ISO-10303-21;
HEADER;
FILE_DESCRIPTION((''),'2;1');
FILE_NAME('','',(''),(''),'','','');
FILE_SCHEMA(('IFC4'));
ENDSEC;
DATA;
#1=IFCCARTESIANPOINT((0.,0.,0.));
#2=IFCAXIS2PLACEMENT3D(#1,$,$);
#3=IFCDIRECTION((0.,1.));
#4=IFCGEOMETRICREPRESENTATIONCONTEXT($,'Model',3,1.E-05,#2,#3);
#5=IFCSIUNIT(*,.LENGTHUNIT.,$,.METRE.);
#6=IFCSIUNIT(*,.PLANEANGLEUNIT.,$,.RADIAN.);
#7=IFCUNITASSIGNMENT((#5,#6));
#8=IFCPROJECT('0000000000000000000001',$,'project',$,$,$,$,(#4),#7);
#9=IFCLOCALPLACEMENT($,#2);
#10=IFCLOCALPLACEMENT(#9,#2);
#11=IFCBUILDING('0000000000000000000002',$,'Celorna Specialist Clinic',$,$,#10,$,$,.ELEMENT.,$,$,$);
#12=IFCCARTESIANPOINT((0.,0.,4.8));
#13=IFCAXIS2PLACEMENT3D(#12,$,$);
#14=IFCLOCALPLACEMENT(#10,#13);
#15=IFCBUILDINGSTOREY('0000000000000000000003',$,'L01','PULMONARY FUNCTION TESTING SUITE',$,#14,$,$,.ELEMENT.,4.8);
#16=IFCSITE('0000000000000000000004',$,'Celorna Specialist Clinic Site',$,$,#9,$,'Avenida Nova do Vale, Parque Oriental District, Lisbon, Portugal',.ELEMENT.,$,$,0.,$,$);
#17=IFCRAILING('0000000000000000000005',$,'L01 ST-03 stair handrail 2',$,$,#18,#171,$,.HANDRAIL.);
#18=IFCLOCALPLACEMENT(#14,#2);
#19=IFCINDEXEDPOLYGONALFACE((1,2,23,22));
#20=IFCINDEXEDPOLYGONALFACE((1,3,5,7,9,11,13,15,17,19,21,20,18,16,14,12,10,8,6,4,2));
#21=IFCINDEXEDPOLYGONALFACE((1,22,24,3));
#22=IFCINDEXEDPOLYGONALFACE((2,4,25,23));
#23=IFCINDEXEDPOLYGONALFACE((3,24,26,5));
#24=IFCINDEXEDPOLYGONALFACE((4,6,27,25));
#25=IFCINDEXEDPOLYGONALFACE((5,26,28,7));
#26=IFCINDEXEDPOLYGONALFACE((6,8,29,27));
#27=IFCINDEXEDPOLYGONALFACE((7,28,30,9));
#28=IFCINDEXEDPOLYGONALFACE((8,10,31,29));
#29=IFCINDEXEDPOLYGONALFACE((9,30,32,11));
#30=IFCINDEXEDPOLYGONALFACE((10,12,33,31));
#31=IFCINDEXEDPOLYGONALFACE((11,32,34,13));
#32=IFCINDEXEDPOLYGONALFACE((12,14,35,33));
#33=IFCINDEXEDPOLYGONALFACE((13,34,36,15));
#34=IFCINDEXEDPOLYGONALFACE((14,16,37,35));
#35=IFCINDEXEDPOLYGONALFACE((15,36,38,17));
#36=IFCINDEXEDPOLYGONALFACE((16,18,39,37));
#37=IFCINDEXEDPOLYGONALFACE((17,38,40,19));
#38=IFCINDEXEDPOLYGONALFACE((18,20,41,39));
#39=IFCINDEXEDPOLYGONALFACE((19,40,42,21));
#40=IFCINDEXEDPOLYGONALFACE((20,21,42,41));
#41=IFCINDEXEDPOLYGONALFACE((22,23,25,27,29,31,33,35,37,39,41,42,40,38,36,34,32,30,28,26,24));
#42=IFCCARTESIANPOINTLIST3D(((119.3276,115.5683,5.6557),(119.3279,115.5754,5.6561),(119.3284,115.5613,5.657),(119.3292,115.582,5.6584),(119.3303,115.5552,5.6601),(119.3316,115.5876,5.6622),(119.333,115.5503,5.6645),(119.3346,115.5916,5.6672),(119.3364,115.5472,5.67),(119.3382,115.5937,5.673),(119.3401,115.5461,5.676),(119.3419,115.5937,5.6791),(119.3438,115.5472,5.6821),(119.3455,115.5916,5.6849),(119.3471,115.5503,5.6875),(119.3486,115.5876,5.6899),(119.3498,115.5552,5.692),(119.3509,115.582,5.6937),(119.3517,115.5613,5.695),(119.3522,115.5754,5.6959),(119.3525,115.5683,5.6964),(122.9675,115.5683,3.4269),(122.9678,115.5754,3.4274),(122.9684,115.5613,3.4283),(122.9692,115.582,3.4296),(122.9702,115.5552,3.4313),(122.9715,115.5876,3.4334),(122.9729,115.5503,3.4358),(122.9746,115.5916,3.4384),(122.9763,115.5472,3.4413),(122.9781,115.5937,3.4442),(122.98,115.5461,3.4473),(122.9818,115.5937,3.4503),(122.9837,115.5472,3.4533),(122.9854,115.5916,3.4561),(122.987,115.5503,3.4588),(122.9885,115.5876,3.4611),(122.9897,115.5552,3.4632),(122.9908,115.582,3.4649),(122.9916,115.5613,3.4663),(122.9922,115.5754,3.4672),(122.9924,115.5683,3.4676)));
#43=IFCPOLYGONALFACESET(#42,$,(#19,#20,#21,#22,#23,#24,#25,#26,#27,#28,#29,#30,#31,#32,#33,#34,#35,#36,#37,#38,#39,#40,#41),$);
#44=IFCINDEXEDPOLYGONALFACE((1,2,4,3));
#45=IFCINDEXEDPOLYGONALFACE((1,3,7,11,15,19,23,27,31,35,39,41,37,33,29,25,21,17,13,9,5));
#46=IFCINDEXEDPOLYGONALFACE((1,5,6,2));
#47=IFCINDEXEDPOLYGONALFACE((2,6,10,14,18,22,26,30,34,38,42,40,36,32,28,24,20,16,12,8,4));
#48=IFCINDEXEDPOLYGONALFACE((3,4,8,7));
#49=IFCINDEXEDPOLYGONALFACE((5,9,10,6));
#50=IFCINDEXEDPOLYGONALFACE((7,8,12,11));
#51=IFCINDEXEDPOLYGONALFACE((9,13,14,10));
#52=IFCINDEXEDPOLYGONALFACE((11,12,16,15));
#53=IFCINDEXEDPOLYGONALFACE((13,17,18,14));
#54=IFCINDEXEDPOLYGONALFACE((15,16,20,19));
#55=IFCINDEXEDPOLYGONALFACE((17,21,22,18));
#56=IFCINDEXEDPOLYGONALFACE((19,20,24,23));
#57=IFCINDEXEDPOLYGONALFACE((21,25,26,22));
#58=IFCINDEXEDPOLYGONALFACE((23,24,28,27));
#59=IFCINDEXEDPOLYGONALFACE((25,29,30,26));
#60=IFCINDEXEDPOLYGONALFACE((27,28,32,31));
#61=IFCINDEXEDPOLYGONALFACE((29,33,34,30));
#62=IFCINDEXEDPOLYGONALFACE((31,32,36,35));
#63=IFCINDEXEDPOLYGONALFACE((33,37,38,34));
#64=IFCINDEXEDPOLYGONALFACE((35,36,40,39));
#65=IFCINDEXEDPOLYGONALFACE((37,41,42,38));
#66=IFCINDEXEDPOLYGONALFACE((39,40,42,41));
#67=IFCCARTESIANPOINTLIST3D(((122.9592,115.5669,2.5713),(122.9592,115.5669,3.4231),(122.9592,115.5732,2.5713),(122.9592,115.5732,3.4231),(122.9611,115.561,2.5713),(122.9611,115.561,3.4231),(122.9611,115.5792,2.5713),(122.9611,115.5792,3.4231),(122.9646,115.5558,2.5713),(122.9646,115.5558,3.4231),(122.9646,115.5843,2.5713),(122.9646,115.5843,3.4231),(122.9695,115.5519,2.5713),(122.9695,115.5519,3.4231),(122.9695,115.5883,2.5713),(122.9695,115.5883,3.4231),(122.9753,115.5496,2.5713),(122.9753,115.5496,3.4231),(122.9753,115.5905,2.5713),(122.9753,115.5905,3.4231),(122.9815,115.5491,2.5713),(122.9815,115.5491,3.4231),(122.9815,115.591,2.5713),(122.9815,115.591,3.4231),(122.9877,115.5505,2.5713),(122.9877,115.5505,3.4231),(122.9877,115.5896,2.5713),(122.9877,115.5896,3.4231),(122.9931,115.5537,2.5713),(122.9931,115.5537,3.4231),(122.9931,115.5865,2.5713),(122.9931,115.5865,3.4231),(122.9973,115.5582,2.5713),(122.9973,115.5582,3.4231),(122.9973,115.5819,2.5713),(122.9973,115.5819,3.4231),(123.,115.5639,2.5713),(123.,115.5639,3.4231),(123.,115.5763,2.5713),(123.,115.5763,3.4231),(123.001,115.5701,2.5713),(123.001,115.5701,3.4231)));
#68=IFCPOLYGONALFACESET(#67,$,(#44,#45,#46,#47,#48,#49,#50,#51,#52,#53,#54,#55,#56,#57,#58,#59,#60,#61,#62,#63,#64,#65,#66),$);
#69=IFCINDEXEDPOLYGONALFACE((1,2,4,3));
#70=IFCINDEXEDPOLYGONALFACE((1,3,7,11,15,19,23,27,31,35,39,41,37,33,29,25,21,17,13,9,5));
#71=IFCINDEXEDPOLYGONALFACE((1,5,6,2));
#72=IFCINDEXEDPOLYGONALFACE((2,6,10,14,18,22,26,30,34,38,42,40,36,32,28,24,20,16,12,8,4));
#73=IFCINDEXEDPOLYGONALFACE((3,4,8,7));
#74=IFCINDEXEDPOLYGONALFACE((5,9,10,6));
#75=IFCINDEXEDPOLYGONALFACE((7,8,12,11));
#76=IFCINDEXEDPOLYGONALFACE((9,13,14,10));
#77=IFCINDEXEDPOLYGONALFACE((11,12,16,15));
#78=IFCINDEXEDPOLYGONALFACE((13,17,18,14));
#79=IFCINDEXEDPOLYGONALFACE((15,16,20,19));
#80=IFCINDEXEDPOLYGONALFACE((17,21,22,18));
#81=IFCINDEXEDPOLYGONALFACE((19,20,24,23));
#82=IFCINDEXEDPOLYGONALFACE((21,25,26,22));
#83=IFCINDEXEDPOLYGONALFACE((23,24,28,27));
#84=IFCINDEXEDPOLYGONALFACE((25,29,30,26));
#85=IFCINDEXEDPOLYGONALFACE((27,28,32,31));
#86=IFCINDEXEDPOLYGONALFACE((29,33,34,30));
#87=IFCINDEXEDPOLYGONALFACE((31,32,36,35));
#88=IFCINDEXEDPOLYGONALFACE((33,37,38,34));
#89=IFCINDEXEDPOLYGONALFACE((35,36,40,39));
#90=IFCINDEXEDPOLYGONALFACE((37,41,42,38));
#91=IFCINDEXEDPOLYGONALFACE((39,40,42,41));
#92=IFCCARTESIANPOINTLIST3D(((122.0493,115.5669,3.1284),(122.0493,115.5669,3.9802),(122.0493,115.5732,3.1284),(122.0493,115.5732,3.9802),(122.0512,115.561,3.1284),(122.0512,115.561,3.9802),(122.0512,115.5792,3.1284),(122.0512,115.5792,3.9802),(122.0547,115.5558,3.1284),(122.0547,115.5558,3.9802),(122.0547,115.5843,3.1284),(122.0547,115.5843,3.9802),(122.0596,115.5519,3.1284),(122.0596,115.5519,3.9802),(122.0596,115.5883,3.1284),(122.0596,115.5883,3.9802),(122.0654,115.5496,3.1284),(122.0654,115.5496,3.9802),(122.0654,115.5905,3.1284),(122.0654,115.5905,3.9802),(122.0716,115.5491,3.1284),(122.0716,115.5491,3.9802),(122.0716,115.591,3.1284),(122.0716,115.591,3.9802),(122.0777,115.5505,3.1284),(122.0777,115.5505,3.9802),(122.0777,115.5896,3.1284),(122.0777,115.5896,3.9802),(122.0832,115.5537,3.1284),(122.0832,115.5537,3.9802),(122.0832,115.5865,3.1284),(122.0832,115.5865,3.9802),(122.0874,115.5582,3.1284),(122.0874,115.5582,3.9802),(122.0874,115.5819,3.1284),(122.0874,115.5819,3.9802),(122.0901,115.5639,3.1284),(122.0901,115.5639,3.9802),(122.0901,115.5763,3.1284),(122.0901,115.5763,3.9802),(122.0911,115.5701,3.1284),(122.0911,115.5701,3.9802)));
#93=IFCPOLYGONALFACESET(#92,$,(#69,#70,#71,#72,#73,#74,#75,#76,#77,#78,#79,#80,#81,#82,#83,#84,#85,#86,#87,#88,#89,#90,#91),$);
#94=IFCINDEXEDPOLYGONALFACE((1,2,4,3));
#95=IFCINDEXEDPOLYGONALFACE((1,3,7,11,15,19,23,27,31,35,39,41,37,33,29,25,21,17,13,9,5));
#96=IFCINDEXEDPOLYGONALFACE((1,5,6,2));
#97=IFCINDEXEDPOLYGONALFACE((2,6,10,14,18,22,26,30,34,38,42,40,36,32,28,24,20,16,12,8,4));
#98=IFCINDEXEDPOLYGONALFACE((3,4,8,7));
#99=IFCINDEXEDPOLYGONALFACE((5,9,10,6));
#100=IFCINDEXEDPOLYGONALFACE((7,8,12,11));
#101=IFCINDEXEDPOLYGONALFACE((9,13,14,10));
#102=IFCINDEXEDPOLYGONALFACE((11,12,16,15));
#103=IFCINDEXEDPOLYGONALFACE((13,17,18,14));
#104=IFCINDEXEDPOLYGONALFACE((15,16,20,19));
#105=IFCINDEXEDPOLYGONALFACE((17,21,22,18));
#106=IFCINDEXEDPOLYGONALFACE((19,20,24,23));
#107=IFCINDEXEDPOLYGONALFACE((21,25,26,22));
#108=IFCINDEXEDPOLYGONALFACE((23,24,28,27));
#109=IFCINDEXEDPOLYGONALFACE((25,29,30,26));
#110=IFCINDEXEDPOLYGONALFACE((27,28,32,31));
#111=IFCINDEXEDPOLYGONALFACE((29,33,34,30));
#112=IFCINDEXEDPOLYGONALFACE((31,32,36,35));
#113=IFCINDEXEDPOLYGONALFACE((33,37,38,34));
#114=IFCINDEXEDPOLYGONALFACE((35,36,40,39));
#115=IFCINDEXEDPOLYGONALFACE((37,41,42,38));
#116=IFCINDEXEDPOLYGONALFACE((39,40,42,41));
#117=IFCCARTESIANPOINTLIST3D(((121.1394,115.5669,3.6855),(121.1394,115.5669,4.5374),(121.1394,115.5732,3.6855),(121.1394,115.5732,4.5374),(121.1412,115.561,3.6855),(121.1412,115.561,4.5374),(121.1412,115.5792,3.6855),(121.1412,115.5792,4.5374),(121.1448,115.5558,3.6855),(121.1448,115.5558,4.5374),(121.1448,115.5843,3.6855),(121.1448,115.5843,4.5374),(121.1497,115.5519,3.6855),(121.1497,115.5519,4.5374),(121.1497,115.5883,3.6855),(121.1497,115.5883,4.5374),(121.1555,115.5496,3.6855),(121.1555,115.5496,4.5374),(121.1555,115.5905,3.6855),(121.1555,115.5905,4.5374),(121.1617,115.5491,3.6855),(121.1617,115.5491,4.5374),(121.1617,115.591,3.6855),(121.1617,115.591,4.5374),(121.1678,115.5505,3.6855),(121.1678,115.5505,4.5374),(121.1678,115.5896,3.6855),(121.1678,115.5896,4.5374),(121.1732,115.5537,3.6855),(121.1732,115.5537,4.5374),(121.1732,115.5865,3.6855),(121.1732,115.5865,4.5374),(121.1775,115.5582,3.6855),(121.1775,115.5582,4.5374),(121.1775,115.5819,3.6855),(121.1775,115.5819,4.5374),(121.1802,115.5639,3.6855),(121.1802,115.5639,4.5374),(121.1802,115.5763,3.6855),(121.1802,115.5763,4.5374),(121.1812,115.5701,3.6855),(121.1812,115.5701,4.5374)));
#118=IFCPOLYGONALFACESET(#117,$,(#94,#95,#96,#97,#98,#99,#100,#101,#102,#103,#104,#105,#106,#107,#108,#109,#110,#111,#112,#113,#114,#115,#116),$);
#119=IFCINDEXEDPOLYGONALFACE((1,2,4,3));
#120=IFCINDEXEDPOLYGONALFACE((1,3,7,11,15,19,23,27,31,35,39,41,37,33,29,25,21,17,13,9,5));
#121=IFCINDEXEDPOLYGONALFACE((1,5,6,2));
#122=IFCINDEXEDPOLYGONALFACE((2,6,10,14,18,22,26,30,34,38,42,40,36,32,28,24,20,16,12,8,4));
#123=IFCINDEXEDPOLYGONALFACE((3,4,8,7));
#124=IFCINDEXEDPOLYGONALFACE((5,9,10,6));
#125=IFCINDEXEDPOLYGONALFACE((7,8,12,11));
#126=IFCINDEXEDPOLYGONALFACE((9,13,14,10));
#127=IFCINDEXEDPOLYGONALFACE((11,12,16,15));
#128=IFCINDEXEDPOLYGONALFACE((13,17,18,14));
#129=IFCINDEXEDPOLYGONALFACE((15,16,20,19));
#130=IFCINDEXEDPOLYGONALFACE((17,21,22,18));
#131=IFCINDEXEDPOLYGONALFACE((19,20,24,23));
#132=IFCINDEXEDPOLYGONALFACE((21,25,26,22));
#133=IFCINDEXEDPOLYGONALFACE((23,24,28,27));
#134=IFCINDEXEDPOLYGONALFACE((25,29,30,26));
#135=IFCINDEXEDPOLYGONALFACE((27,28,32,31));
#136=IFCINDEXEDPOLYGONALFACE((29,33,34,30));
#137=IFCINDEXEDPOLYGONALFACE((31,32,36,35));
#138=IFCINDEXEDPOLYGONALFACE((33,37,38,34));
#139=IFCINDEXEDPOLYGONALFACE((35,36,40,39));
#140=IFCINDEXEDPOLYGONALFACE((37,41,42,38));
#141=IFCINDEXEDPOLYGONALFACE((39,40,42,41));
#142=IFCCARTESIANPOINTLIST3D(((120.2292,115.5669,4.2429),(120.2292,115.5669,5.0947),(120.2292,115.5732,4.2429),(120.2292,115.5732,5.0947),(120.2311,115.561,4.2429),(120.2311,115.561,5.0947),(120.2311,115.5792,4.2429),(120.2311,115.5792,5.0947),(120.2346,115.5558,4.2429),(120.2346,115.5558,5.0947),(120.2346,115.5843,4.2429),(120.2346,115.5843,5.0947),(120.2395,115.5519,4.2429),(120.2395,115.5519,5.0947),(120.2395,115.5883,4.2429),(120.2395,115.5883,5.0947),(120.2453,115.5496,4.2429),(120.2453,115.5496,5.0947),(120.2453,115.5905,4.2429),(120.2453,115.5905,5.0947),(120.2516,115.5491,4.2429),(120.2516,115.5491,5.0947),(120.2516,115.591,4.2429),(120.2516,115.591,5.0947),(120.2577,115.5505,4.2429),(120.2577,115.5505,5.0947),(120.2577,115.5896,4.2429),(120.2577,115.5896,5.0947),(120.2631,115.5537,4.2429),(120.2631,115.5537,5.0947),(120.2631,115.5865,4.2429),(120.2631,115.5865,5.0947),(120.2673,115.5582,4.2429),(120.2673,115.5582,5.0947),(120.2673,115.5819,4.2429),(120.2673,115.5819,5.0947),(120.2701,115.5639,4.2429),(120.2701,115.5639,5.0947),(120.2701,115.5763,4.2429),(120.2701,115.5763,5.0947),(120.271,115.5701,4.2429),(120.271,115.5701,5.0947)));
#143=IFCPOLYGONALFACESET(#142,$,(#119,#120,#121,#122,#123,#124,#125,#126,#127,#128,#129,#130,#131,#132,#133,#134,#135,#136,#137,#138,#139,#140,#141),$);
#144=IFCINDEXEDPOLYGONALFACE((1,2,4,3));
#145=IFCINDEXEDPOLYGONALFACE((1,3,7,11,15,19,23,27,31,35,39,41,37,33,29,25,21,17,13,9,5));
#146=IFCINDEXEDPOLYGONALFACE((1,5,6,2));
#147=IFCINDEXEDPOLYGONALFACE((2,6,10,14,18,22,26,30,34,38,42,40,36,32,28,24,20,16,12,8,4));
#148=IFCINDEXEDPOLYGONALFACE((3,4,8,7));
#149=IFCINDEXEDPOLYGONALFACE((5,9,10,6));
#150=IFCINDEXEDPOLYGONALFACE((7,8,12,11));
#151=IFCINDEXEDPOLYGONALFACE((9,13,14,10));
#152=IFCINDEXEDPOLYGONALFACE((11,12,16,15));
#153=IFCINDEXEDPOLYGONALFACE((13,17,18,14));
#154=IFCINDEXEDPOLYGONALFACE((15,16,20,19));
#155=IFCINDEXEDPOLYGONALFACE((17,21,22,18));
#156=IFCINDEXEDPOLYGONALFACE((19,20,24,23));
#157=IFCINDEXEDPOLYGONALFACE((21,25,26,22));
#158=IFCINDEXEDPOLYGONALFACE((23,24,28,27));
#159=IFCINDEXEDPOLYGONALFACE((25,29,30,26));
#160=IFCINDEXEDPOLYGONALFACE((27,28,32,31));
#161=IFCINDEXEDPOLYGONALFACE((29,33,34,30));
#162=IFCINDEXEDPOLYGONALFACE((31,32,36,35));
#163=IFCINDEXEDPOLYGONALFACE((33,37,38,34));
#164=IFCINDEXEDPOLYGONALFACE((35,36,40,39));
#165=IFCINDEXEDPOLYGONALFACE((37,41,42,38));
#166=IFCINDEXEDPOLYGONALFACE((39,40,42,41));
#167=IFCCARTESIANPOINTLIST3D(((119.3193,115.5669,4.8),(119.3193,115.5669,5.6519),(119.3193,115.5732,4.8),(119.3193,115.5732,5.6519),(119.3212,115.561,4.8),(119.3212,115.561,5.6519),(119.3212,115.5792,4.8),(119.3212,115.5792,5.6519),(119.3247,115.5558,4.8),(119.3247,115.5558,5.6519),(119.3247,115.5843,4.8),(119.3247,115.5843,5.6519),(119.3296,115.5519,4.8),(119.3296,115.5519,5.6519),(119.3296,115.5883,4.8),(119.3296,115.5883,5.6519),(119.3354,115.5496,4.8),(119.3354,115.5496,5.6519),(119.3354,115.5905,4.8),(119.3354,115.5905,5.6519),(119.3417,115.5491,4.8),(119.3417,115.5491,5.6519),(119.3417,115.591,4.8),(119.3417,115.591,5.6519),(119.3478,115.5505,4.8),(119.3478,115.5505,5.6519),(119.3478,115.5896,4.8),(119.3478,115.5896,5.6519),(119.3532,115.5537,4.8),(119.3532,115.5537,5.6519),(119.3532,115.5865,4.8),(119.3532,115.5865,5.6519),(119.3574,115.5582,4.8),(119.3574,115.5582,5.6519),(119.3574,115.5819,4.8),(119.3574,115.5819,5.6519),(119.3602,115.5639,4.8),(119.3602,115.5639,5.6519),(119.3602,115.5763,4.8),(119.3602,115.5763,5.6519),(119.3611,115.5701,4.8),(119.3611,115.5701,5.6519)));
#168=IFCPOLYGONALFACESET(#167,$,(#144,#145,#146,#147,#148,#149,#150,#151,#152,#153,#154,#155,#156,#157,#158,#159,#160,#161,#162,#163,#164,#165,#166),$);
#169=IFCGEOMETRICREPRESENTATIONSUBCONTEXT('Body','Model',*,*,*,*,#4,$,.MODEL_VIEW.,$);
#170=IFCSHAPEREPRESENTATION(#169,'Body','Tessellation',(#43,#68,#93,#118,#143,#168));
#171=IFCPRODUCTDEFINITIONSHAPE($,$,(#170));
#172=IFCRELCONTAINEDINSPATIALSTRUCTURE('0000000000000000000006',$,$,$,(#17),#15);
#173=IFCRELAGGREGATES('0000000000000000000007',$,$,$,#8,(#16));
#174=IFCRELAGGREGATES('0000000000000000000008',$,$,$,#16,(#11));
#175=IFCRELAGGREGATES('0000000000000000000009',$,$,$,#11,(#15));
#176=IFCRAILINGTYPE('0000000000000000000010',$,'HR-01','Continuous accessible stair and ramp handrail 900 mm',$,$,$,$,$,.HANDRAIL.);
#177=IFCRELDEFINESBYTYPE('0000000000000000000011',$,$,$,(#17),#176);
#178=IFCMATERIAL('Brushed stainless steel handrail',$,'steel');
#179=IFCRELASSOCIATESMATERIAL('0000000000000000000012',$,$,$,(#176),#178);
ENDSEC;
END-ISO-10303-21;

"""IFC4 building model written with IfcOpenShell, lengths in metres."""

from ifc_helpers import new_model, si_unit, direction, frame, origin, origin_2d, place, context, subcontext, project, spatial, circle, extrude, material, type_object, element, save


model = new_model("IFC4")

# Units and contexts
model_context = context("Model", 3, precision=1e-05, world=origin(), true_north=direction((0.0, 1.0)))
body_context = subcontext(model_context, "Body", "Model", "MODEL_VIEW")
ifc_project = project(units=[si_unit("LENGTHUNIT", "METRE"), si_unit("PLANEANGLEUNIT", "RADIAN")], contexts=[model_context])

# Site, building, storey
site_placement = place(None, origin())
site = spatial("IfcSite", under=ifc_project, at=site_placement, Name="Celorna Specialist Clinic Site", LongName="Avenida Nova do Vale, Parque Oriental District, Lisbon, Portugal", CompositionType="ELEMENT", RefElevation=0.0)
building_placement = place(site_placement, origin())
building = spatial("IfcBuilding", under=site, at=building_placement, Name="Celorna Specialist Clinic", CompositionType="ELEMENT")
storey_placement = place(building_placement, frame((0.0, 0.0, 4.8)))
storey = spatial("IfcBuildingStorey", under=building, at=storey_placement, Name="L01", Description="PULMONARY FUNCTION TESTING SUITE", CompositionType="ELEMENT", Elevation=4.8)

# Railing
ifc_material_1 = material(Name="Brushed stainless steel handrail", Category="steel")
railing_type_1 = type_object("IfcRailingType", Name="HR-01", Description="Continuous accessible stair and ramp handrail 900 mm", PredefinedType="HANDRAIL", material=ifc_material_1)
railing_1_placement = place(storey_placement, frame((122.98, 115.5701, 2.5713)))
element("IfcRailing", 1, at=railing_1_placement, inside=storey, type_object=railing_type_1, Name="L01 ST-03 stair handrail 2", PredefinedType="HANDRAIL", context=body_context, shape_type="SweptSolid", body=[
    extrude(circle(Radius=0.0239, at=origin_2d()), frame((0.0, 0.0, 0.876), z_axis=(-0.852825, 0.0, 0.522197), x_axis=(0.0, -1.0, 0.0)), (0.0, 0.0, 1.0), 4.2681),
    extrude(circle(Radius=0.021, at=origin_2d()), origin(), (0.0, 0.0, 1.0), 0.8518),
    extrude(circle(Radius=0.021, at=origin_2d()), frame((-0.9099, 0.0, 0.5571)), (0.0, 0.0, 1.0), 0.8518),
    extrude(circle(Radius=0.021, at=origin_2d()), frame((-1.8198, 0.0, 1.1143)), (0.0, 0.0, 1.0), 0.8518),
    extrude(circle(Radius=0.021, at=origin_2d()), frame((-2.73, 0.0, 1.6716)), (0.0, 0.0, 1.0), 0.8518),
    extrude(circle(Radius=0.021, at=origin_2d()), frame((-3.6399, 0.0, 2.2288)), (0.0, 0.0, 1.0), 0.8518),
])

save(model, "model.ifc")
